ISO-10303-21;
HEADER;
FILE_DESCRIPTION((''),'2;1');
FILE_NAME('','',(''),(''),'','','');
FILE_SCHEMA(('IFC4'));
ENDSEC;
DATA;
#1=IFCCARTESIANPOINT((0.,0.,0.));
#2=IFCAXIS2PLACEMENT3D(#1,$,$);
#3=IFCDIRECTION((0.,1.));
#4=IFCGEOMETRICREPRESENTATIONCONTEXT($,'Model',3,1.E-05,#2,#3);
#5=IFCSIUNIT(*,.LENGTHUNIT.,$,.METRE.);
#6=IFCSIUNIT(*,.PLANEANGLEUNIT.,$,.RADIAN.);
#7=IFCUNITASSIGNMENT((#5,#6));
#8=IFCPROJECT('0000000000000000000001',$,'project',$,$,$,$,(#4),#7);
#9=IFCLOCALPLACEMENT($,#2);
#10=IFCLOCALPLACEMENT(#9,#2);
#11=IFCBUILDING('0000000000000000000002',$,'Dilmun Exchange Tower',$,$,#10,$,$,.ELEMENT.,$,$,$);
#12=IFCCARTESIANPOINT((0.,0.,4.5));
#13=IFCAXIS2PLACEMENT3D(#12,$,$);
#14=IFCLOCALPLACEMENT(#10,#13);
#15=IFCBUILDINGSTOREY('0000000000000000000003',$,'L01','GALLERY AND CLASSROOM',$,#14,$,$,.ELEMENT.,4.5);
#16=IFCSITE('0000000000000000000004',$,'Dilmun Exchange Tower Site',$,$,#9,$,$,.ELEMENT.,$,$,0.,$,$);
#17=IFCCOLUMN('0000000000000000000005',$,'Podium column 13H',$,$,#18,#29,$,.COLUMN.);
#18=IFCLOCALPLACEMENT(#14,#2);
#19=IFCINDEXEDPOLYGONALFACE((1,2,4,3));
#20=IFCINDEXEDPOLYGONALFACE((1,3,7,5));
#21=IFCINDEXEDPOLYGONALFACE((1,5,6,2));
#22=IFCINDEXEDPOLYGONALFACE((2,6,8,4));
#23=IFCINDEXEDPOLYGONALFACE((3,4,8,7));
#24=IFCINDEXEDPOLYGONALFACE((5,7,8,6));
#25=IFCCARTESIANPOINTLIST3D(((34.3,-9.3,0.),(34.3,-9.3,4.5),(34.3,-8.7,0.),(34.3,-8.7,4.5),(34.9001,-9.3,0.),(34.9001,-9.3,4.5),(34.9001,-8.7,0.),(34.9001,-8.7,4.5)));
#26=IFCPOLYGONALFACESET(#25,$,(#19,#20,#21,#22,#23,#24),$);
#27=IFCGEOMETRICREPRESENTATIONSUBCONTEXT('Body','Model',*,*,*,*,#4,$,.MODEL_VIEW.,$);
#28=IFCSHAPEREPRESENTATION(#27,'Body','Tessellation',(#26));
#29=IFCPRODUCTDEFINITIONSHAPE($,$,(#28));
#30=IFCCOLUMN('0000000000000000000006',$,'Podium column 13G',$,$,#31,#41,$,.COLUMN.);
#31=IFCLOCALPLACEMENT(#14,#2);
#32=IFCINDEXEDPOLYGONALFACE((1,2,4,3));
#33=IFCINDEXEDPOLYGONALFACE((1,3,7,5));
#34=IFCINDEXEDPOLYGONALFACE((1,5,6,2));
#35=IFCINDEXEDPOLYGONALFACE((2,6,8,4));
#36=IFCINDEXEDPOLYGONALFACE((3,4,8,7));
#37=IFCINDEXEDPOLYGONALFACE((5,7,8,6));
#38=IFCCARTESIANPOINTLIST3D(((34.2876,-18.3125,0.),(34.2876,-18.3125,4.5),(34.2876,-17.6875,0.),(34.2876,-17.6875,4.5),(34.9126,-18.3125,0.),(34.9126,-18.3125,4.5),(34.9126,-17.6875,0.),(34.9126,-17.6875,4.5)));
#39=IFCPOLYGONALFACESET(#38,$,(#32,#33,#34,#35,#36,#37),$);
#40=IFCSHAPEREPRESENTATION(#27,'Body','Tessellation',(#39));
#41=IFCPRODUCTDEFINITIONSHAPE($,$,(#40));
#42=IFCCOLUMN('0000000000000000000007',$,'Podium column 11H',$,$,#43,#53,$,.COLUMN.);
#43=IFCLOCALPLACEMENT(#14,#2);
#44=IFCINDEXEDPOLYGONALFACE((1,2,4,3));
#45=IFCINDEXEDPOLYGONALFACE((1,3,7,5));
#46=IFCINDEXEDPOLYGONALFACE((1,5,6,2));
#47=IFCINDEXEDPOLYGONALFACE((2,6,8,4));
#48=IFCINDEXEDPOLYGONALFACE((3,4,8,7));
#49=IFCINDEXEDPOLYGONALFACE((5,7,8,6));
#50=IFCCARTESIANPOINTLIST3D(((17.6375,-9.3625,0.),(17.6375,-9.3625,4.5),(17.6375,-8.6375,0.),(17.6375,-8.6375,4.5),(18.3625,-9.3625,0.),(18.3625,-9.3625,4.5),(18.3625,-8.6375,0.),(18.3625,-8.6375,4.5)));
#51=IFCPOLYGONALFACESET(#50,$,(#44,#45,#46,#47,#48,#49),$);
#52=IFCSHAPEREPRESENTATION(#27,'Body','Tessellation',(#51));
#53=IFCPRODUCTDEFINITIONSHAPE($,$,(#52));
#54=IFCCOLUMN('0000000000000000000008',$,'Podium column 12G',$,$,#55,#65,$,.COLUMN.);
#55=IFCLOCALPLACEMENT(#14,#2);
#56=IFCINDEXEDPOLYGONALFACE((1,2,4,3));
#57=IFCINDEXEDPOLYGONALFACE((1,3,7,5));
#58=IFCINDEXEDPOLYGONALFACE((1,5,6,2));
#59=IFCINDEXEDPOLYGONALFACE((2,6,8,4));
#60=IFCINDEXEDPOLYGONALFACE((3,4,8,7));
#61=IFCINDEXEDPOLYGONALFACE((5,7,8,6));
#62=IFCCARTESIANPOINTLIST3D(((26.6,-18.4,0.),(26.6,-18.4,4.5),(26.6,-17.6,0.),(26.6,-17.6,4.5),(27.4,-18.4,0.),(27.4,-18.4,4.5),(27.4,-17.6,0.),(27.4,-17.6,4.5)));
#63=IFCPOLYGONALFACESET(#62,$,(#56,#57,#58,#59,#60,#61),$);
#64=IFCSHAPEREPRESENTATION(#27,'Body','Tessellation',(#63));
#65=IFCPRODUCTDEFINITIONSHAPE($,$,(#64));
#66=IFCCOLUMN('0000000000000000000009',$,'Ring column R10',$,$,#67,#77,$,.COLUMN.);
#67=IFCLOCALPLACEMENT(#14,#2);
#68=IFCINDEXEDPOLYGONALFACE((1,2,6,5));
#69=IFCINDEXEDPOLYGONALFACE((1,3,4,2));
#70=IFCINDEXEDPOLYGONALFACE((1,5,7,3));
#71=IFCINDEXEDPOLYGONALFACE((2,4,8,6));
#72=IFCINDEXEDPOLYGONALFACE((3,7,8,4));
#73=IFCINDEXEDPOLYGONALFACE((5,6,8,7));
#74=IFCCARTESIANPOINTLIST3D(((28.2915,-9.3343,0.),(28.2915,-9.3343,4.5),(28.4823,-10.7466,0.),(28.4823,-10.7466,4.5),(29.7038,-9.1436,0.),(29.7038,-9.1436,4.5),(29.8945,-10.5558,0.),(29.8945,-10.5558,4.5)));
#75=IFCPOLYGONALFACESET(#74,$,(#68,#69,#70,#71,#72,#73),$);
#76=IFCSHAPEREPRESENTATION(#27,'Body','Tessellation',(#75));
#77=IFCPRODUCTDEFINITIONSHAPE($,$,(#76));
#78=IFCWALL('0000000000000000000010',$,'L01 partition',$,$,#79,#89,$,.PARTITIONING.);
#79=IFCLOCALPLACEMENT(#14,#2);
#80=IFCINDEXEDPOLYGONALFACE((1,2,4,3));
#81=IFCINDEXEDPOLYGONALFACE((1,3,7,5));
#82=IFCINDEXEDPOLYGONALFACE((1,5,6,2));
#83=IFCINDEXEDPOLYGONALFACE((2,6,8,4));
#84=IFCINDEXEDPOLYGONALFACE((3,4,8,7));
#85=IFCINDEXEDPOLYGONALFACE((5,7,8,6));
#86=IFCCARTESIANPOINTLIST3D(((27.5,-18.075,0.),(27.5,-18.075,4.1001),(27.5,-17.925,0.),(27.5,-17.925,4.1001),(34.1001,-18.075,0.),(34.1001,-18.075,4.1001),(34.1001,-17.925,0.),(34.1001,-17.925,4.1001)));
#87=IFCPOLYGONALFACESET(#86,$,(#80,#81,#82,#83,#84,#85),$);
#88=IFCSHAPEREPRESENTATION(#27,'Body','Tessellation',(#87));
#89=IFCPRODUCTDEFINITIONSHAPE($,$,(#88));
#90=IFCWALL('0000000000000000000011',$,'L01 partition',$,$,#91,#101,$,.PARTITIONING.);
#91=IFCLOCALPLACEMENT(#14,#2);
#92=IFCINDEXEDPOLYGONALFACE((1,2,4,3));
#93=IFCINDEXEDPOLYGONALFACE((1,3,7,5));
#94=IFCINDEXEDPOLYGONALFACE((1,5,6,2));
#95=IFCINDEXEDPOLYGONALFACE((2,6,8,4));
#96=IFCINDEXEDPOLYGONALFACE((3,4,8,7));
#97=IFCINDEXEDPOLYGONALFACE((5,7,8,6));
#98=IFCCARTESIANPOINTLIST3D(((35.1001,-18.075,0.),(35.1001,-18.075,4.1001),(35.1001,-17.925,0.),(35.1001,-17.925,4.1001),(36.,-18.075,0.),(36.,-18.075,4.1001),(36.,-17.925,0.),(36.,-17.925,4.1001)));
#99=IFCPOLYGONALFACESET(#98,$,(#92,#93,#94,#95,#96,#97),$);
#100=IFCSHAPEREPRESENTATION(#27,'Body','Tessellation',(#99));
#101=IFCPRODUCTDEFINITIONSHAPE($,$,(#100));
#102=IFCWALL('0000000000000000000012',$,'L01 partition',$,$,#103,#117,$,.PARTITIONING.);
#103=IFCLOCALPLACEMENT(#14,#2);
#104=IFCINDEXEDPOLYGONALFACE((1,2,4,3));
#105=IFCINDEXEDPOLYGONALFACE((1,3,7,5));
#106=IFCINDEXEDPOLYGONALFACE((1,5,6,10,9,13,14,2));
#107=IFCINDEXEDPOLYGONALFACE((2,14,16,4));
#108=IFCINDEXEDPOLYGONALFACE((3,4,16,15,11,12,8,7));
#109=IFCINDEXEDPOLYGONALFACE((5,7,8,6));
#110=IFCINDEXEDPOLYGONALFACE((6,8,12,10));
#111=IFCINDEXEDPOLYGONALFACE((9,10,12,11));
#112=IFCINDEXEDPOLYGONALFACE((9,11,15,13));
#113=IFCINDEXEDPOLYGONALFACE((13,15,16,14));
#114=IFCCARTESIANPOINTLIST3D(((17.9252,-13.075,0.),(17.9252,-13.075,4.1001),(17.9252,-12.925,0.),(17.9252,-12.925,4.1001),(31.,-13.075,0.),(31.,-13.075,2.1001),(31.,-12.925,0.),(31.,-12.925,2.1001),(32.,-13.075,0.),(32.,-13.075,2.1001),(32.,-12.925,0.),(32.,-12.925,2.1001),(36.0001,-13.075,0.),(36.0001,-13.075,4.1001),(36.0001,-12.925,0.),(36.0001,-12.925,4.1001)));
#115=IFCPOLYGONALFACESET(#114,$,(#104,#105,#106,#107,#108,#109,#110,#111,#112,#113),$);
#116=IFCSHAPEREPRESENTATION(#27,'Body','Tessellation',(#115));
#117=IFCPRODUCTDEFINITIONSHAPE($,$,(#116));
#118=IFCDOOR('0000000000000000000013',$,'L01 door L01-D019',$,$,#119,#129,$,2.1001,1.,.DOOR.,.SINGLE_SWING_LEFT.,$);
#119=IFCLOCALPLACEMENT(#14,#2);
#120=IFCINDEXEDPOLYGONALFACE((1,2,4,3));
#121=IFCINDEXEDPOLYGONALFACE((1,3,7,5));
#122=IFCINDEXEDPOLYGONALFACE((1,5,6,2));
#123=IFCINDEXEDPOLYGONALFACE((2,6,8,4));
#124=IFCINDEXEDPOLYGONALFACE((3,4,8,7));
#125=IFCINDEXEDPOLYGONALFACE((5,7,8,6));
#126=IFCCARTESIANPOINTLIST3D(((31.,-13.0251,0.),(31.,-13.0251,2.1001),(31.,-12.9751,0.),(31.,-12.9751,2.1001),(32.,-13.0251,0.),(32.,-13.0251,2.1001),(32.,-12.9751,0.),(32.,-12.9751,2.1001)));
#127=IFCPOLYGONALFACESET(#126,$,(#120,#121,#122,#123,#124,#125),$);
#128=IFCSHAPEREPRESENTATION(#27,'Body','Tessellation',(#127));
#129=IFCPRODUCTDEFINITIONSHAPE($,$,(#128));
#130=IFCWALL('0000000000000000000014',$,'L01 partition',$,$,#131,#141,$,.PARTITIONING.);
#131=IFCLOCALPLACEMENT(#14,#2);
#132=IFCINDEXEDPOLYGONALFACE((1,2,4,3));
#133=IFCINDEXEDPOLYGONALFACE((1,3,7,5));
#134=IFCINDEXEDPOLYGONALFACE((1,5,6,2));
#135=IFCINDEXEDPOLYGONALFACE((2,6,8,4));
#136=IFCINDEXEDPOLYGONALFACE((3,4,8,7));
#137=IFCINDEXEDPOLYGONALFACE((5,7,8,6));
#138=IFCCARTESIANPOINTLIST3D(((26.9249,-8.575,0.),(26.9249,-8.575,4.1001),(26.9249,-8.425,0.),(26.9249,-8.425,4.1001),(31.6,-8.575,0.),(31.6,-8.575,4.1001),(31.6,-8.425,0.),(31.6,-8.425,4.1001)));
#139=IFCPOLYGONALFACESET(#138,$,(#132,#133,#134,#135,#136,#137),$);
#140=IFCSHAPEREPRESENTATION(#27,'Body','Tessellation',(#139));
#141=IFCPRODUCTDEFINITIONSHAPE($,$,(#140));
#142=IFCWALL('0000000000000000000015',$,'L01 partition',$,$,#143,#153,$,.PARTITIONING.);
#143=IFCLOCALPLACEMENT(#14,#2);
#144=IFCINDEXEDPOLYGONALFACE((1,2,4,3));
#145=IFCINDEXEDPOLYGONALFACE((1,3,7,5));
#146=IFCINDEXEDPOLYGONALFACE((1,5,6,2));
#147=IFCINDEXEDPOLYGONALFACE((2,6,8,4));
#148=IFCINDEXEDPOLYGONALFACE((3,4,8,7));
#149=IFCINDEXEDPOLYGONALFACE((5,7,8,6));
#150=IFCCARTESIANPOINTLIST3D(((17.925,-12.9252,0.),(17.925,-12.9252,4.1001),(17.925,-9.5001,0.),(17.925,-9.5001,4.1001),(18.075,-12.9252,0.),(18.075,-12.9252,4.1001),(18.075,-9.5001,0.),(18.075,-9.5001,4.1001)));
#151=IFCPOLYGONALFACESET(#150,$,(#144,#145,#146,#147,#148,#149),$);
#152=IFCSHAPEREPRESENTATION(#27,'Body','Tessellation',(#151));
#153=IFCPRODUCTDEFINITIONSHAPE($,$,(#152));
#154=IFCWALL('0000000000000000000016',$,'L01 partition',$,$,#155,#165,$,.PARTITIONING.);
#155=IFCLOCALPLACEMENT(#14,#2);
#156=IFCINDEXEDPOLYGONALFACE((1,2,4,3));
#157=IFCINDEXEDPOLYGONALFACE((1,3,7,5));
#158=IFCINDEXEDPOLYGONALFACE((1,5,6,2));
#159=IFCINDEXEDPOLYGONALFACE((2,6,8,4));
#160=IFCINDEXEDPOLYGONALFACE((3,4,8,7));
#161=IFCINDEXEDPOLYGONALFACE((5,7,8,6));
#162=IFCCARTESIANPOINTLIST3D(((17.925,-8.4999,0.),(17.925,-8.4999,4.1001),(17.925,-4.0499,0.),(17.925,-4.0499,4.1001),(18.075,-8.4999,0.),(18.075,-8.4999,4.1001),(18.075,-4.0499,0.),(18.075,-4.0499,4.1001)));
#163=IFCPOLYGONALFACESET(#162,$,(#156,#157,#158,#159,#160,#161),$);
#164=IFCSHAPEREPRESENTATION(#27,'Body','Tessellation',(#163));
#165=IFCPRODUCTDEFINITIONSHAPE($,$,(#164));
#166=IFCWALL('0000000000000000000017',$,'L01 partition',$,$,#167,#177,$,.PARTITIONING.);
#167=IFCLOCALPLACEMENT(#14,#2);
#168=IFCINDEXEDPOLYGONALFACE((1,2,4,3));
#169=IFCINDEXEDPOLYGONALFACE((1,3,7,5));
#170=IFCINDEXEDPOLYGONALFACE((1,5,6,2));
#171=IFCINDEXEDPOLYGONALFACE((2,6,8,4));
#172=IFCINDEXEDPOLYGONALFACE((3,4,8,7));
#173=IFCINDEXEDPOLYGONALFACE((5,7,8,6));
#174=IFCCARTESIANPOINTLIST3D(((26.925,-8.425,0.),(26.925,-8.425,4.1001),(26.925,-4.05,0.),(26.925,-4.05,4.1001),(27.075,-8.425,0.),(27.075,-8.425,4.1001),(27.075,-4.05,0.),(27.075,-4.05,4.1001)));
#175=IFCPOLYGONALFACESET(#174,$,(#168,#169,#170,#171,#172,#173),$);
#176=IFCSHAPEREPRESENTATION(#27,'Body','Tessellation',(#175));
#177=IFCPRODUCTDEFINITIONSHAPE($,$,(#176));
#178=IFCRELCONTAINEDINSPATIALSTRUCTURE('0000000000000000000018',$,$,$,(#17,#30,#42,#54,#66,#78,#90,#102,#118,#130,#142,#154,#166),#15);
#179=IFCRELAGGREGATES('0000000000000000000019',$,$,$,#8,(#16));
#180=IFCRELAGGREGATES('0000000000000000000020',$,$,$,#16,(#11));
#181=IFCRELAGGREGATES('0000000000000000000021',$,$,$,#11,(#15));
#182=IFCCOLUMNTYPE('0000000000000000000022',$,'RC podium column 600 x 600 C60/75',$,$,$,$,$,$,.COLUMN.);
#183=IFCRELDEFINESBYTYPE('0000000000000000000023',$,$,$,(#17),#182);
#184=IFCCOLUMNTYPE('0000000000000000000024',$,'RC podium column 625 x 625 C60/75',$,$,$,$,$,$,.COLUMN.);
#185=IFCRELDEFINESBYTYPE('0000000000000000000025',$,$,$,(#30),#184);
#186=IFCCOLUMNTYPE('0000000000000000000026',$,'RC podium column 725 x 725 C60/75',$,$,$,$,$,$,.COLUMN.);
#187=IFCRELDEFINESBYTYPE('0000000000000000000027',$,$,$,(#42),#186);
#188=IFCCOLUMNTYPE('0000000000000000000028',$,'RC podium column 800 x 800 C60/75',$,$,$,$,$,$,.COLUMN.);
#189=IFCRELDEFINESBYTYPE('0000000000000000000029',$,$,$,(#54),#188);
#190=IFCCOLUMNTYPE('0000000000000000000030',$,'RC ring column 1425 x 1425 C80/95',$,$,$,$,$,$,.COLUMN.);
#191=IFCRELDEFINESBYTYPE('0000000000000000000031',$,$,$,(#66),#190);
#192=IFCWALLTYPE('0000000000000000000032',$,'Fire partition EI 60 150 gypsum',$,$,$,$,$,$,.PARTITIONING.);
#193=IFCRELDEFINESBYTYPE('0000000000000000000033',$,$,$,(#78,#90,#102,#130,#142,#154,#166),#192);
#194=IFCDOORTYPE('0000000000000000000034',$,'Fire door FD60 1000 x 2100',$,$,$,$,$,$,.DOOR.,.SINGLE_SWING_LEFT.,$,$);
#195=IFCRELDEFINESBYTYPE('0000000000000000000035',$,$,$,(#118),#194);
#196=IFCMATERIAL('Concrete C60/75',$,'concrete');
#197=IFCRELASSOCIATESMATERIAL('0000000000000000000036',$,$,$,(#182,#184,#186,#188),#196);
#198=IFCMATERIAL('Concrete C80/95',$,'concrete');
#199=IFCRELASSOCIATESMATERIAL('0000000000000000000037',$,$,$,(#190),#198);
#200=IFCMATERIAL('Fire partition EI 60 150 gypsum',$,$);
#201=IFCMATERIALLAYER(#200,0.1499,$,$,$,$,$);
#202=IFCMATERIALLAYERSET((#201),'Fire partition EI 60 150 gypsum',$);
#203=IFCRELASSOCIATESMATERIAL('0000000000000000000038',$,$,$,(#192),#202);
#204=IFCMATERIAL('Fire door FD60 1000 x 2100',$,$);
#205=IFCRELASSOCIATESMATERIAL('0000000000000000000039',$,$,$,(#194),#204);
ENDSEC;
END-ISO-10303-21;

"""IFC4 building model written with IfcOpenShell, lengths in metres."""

from ifc_helpers import new_model, si_unit, direction, frame, frame_2d, origin, origin_2d, place, context, subcontext, project, spatial, rectangle, extrude, material, layer, layer_set, material_profile, profile_set, type_object, element, fill, save


model = new_model("IFC4")

# Units and contexts
model_context = context("Model", 3, precision=1e-05, world=origin(), true_north=direction((0.0, 1.0)))
body_context = subcontext(model_context, "Body", "Model", "MODEL_VIEW")
ifc_project = project(units=[si_unit("LENGTHUNIT", "METRE"), si_unit("PLANEANGLEUNIT", "RADIAN")], contexts=[model_context])

# Site, building, storey
site_placement = place(None, origin())
site = spatial("IfcSite", under=ifc_project, at=site_placement, Name="Dilmun Exchange Tower Site", CompositionType="ELEMENT", RefElevation=0.0)
building_placement = place(site_placement, origin())
building = spatial("IfcBuilding", under=site, at=building_placement, Name="Dilmun Exchange Tower", CompositionType="ELEMENT")
storey_placement = place(building_placement, frame((0.0, 0.0, 4.5)))
storey = spatial("IfcBuildingStorey", under=building, at=storey_placement, Name="L01", Description="GALLERY AND CLASSROOM", CompositionType="ELEMENT", Elevation=4.5)

# Columns
ifc_material_1 = material(Name="Concrete C60/75", Category="concrete")
ifc_material_profile_1 = material_profile(ifc_material_1, rectangle(XDim=0.6001, YDim=0.6001, at=origin_2d()), Name="600 x 600")
ifc_profile_set_1 = profile_set([ifc_material_profile_1], Name="Concrete C60/75")
column_type_1 = type_object("IfcColumnType", Name="RC podium column 600 x 600 C60/75", PredefinedType="COLUMN", material=ifc_profile_set_1)
column_1_placement = place(storey_placement, frame((34.6001, -9.0, 0.0), z_axis=(0.0, 0.0, 1.0), x_axis=(1.0, 0.0, 0.0)))
element("IfcColumn", 1, at=column_1_placement, inside=storey, type_object=column_type_1, Name="Podium column 13H", PredefinedType="COLUMN", context=body_context, shape_type="SweptSolid", body=[
    extrude(rectangle(XDim=0.6001, YDim=0.6001, at=origin_2d()), origin(), (0.0, 0.0, 1.0), 4.5),
])
ifc_material_profile_2 = material_profile(ifc_material_1, rectangle(XDim=0.625, YDim=0.625, at=origin_2d()), Name="625 x 625")
ifc_profile_set_2 = profile_set([ifc_material_profile_2], Name="Concrete C60/75")
column_type_2 = type_object("IfcColumnType", Name="RC podium column 625 x 625 C60/75", PredefinedType="COLUMN", material=ifc_profile_set_2)
column_2_placement = place(storey_placement, frame((34.6001, -18.0, 0.0), z_axis=(0.0, 0.0, 1.0), x_axis=(1.0, 0.0, 0.0)))
element("IfcColumn", 2, at=column_2_placement, inside=storey, type_object=column_type_2, Name="Podium column 13G", PredefinedType="COLUMN", context=body_context, shape_type="SweptSolid", body=[
    extrude(rectangle(XDim=0.625, YDim=0.625, at=origin_2d()), origin(), (0.0, 0.0, 1.0), 4.5),
])
ifc_material_profile_3 = material_profile(ifc_material_1, rectangle(XDim=0.7251, YDim=0.7251, at=origin_2d()), Name="725 x 725")
ifc_profile_set_3 = profile_set([ifc_material_profile_3], Name="Concrete C60/75")
column_type_3 = type_object("IfcColumnType", Name="RC podium column 725 x 725 C60/75", PredefinedType="COLUMN", material=ifc_profile_set_3)
column_3_placement = place(storey_placement, frame((18.0, -9.0, 0.0), z_axis=(0.0, 0.0, 1.0), x_axis=(1.0, 0.0, 0.0)))
element("IfcColumn", 3, at=column_3_placement, inside=storey, type_object=column_type_3, Name="Podium column 11H", PredefinedType="COLUMN", context=body_context, shape_type="SweptSolid", body=[
    extrude(rectangle(XDim=0.7251, YDim=0.7251, at=origin_2d()), origin(), (0.0, 0.0, 1.0), 4.5),
])
ifc_material_profile_4 = material_profile(ifc_material_1, rectangle(XDim=0.8, YDim=0.8, at=origin_2d()), Name="800 x 800")
ifc_profile_set_4 = profile_set([ifc_material_profile_4], Name="Concrete C60/75")
column_type_4 = type_object("IfcColumnType", Name="RC podium column 800 x 800 C60/75", PredefinedType="COLUMN", material=ifc_profile_set_4)
column_4_placement = place(storey_placement, frame((27.0, -18.0, 0.0), z_axis=(0.0, 0.0, 1.0), x_axis=(1.0, 0.0, 0.0)))
element("IfcColumn", 4, at=column_4_placement, inside=storey, type_object=column_type_4, Name="Podium column 12G", PredefinedType="COLUMN", context=body_context, shape_type="SweptSolid", body=[
    extrude(rectangle(XDim=0.8, YDim=0.8, at=origin_2d()), origin(), (0.0, 0.0, 1.0), 4.5),
])
ifc_material_2 = material(Name="Concrete C80/95", Category="concrete")
ifc_material_profile_5 = material_profile(ifc_material_2, rectangle(XDim=1.425, YDim=1.425, at=origin_2d()), Name="1425 x 1425")
ifc_profile_set_5 = profile_set([ifc_material_profile_5], Name="Concrete C80/95")
column_type_5 = type_object("IfcColumnType", Name="RC ring column 1425 x 1425 C80/95", PredefinedType="COLUMN", material=ifc_profile_set_5)
column_5_placement = place(storey_placement, frame((29.093, -9.9451, 0.0), z_axis=(0.0, 0.0, 1.0), x_axis=(0.991001, 0.133853, 0.0)))
element("IfcColumn", 5, at=column_5_placement, inside=storey, type_object=column_type_5, Name="Ring column R10", PredefinedType="COLUMN", context=body_context, shape_type="SweptSolid", body=[
    extrude(rectangle(XDim=1.425, YDim=1.425, at=origin_2d()), origin(), (0.0, 0.0, 1.0), 4.5),
])

# Walls
ifc_material_3 = material(Name="Fire partition EI 60 150 gypsum")
ifc_layer_1 = layer(ifc_material_3, 0.1499)
ifc_layer_set_1 = layer_set([ifc_layer_1], Name="Fire partition EI 60 150 gypsum")
wall_type_1 = type_object("IfcWallType", Name="Fire partition EI 60 150 gypsum", PredefinedType="PARTITIONING", material=ifc_layer_set_1)
wall_1_placement = place(storey_placement, frame((27.5, -18.0, 0.0), z_axis=(0.0, 0.0, 1.0), x_axis=(1.0, 0.0, 0.0)))
element("IfcWall", 6, at=wall_1_placement, inside=storey, type_object=wall_type_1, Name="L01 partition", PredefinedType="PARTITIONING", context=body_context, shape_type="SweptSolid", body=[
    extrude(rectangle(XDim=6.6001, YDim=0.1499, at=frame_2d((3.3, 0.0))), origin(), (0.0, 0.0, 1.0), 4.1001),
])
wall_2_placement = place(storey_placement, frame((35.1001, -18.0, 0.0), z_axis=(0.0, 0.0, 1.0), x_axis=(1.0, 0.0, 0.0)))
element("IfcWall", 7, at=wall_2_placement, inside=storey, type_object=wall_type_1, Name="L01 partition", PredefinedType="PARTITIONING", context=body_context, shape_type="SweptSolid", body=[
    extrude(rectangle(XDim=0.8999, YDim=0.1499, at=frame_2d((0.45, 0.0))), origin(), (0.0, 0.0, 1.0), 4.1001),
])

# Wall, opening, door
wall_3_placement = place(storey_placement, frame((17.925, -13.0, 0.0), z_axis=(0.0, 0.0, 1.0), x_axis=(1.0, 0.0, 0.0)))
wall_3 = element("IfcWall", 8, at=wall_3_placement, inside=storey, type_object=wall_type_1, Name="L01 partition", PredefinedType="PARTITIONING", context=body_context, shape_type="SweptSolid", body=[
    extrude(rectangle(XDim=18.075, YDim=0.1499, at=frame_2d((9.0376, 0.0))), origin(), (0.0, 0.0, 1.0), 4.1001),
])
opening_1_placement = place(wall_3_placement, frame((13.075, 0.0, 0.0)))
opening_1 = element("IfcOpeningElement", 9, at=opening_1_placement, cuts=wall_3, PredefinedType="OPENING", context=body_context, shape_type="SweptSolid", body=[
    extrude(rectangle(XDim=1.0, YDim=2.1001, at=frame_2d((0.5, 1.05))), frame((0.0, 0.085, 0.0), z_axis=(0.0, -1.0, 0.0), x_axis=(1.0, 0.0, 0.0)), (0.0, 0.0, 1.0), 0.1699),
])
ifc_material_4 = material(Name="Fire door FD60 1000 x 2100")
door_type_1 = type_object("IfcDoorType", Name="Fire door FD60 1000 x 2100", OperationType="SINGLE_SWING_LEFT", PredefinedType="DOOR", material=ifc_material_4)
door_1_placement = place(opening_1_placement, origin())
door_1 = element("IfcDoor", 10, at=door_1_placement, inside=storey, type_object=door_type_1, Name="L01 door L01-D019", OperationType="SINGLE_SWING_LEFT", OverallHeight=2.1001, OverallWidth=1.0, PredefinedType="DOOR", context=body_context, shape_type="SweptSolid", body=[
    extrude(rectangle(XDim=1.0, YDim=2.1001, at=frame_2d((0.5, 1.05))), frame((0.0, 0.0249, 0.0), z_axis=(0.0, -1.0, 0.0), x_axis=(1.0, 0.0, 0.0)), (0.0, 0.0, 1.0), 0.05),
])
fill(opening_1, door_1)

# Walls
wall_4_placement = place(storey_placement, frame((26.925, -8.5, 0.0), z_axis=(0.0, 0.0, 1.0), x_axis=(1.0, 0.0, 0.0)))
element("IfcWall", 11, at=wall_4_placement, inside=storey, type_object=wall_type_1, Name="L01 partition", PredefinedType="PARTITIONING", context=body_context, shape_type="SweptSolid", body=[
    extrude(rectangle(XDim=4.675, YDim=0.1499, at=frame_2d((2.3374, 0.0))), origin(), (0.0, 0.0, 1.0), 4.1001),
])
wall_5_placement = place(storey_placement, frame((18.0, -12.925, 0.0), z_axis=(0.0, 0.0, 1.0), x_axis=(0.0, 1.0, 0.0)))
element("IfcWall", 12, at=wall_5_placement, inside=storey, type_object=wall_type_1, Name="L01 partition", PredefinedType="PARTITIONING", context=body_context, shape_type="SweptSolid", body=[
    extrude(rectangle(XDim=3.425, YDim=0.1499, at=frame_2d((1.7124, 0.0))), origin(), (0.0, 0.0, 1.0), 4.1001),
])
wall_6_placement = place(storey_placement, frame((18.0, -8.5, 0.0), z_axis=(0.0, 0.0, 1.0), x_axis=(0.0, 1.0, 0.0)))
element("IfcWall", 13, at=wall_6_placement, inside=storey, type_object=wall_type_1, Name="L01 partition", PredefinedType="PARTITIONING", context=body_context, shape_type="SweptSolid", body=[
    extrude(rectangle(XDim=4.45, YDim=0.1499, at=frame_2d((2.2251, 0.0))), origin(), (0.0, 0.0, 1.0), 4.1001),
])
wall_7_placement = place(storey_placement, frame((27.0, -8.425, 0.0), z_axis=(0.0, 0.0, 1.0), x_axis=(0.0, 1.0, 0.0)))
element("IfcWall", 14, at=wall_7_placement, inside=storey, type_object=wall_type_1, Name="L01 partition", PredefinedType="PARTITIONING", context=body_context, shape_type="SweptSolid", body=[
    extrude(rectangle(XDim=4.375, YDim=0.1499, at=frame_2d((2.1875, 0.0))), origin(), (0.0, 0.0, 1.0), 4.1001),
])

save(model, "model.ifc")
